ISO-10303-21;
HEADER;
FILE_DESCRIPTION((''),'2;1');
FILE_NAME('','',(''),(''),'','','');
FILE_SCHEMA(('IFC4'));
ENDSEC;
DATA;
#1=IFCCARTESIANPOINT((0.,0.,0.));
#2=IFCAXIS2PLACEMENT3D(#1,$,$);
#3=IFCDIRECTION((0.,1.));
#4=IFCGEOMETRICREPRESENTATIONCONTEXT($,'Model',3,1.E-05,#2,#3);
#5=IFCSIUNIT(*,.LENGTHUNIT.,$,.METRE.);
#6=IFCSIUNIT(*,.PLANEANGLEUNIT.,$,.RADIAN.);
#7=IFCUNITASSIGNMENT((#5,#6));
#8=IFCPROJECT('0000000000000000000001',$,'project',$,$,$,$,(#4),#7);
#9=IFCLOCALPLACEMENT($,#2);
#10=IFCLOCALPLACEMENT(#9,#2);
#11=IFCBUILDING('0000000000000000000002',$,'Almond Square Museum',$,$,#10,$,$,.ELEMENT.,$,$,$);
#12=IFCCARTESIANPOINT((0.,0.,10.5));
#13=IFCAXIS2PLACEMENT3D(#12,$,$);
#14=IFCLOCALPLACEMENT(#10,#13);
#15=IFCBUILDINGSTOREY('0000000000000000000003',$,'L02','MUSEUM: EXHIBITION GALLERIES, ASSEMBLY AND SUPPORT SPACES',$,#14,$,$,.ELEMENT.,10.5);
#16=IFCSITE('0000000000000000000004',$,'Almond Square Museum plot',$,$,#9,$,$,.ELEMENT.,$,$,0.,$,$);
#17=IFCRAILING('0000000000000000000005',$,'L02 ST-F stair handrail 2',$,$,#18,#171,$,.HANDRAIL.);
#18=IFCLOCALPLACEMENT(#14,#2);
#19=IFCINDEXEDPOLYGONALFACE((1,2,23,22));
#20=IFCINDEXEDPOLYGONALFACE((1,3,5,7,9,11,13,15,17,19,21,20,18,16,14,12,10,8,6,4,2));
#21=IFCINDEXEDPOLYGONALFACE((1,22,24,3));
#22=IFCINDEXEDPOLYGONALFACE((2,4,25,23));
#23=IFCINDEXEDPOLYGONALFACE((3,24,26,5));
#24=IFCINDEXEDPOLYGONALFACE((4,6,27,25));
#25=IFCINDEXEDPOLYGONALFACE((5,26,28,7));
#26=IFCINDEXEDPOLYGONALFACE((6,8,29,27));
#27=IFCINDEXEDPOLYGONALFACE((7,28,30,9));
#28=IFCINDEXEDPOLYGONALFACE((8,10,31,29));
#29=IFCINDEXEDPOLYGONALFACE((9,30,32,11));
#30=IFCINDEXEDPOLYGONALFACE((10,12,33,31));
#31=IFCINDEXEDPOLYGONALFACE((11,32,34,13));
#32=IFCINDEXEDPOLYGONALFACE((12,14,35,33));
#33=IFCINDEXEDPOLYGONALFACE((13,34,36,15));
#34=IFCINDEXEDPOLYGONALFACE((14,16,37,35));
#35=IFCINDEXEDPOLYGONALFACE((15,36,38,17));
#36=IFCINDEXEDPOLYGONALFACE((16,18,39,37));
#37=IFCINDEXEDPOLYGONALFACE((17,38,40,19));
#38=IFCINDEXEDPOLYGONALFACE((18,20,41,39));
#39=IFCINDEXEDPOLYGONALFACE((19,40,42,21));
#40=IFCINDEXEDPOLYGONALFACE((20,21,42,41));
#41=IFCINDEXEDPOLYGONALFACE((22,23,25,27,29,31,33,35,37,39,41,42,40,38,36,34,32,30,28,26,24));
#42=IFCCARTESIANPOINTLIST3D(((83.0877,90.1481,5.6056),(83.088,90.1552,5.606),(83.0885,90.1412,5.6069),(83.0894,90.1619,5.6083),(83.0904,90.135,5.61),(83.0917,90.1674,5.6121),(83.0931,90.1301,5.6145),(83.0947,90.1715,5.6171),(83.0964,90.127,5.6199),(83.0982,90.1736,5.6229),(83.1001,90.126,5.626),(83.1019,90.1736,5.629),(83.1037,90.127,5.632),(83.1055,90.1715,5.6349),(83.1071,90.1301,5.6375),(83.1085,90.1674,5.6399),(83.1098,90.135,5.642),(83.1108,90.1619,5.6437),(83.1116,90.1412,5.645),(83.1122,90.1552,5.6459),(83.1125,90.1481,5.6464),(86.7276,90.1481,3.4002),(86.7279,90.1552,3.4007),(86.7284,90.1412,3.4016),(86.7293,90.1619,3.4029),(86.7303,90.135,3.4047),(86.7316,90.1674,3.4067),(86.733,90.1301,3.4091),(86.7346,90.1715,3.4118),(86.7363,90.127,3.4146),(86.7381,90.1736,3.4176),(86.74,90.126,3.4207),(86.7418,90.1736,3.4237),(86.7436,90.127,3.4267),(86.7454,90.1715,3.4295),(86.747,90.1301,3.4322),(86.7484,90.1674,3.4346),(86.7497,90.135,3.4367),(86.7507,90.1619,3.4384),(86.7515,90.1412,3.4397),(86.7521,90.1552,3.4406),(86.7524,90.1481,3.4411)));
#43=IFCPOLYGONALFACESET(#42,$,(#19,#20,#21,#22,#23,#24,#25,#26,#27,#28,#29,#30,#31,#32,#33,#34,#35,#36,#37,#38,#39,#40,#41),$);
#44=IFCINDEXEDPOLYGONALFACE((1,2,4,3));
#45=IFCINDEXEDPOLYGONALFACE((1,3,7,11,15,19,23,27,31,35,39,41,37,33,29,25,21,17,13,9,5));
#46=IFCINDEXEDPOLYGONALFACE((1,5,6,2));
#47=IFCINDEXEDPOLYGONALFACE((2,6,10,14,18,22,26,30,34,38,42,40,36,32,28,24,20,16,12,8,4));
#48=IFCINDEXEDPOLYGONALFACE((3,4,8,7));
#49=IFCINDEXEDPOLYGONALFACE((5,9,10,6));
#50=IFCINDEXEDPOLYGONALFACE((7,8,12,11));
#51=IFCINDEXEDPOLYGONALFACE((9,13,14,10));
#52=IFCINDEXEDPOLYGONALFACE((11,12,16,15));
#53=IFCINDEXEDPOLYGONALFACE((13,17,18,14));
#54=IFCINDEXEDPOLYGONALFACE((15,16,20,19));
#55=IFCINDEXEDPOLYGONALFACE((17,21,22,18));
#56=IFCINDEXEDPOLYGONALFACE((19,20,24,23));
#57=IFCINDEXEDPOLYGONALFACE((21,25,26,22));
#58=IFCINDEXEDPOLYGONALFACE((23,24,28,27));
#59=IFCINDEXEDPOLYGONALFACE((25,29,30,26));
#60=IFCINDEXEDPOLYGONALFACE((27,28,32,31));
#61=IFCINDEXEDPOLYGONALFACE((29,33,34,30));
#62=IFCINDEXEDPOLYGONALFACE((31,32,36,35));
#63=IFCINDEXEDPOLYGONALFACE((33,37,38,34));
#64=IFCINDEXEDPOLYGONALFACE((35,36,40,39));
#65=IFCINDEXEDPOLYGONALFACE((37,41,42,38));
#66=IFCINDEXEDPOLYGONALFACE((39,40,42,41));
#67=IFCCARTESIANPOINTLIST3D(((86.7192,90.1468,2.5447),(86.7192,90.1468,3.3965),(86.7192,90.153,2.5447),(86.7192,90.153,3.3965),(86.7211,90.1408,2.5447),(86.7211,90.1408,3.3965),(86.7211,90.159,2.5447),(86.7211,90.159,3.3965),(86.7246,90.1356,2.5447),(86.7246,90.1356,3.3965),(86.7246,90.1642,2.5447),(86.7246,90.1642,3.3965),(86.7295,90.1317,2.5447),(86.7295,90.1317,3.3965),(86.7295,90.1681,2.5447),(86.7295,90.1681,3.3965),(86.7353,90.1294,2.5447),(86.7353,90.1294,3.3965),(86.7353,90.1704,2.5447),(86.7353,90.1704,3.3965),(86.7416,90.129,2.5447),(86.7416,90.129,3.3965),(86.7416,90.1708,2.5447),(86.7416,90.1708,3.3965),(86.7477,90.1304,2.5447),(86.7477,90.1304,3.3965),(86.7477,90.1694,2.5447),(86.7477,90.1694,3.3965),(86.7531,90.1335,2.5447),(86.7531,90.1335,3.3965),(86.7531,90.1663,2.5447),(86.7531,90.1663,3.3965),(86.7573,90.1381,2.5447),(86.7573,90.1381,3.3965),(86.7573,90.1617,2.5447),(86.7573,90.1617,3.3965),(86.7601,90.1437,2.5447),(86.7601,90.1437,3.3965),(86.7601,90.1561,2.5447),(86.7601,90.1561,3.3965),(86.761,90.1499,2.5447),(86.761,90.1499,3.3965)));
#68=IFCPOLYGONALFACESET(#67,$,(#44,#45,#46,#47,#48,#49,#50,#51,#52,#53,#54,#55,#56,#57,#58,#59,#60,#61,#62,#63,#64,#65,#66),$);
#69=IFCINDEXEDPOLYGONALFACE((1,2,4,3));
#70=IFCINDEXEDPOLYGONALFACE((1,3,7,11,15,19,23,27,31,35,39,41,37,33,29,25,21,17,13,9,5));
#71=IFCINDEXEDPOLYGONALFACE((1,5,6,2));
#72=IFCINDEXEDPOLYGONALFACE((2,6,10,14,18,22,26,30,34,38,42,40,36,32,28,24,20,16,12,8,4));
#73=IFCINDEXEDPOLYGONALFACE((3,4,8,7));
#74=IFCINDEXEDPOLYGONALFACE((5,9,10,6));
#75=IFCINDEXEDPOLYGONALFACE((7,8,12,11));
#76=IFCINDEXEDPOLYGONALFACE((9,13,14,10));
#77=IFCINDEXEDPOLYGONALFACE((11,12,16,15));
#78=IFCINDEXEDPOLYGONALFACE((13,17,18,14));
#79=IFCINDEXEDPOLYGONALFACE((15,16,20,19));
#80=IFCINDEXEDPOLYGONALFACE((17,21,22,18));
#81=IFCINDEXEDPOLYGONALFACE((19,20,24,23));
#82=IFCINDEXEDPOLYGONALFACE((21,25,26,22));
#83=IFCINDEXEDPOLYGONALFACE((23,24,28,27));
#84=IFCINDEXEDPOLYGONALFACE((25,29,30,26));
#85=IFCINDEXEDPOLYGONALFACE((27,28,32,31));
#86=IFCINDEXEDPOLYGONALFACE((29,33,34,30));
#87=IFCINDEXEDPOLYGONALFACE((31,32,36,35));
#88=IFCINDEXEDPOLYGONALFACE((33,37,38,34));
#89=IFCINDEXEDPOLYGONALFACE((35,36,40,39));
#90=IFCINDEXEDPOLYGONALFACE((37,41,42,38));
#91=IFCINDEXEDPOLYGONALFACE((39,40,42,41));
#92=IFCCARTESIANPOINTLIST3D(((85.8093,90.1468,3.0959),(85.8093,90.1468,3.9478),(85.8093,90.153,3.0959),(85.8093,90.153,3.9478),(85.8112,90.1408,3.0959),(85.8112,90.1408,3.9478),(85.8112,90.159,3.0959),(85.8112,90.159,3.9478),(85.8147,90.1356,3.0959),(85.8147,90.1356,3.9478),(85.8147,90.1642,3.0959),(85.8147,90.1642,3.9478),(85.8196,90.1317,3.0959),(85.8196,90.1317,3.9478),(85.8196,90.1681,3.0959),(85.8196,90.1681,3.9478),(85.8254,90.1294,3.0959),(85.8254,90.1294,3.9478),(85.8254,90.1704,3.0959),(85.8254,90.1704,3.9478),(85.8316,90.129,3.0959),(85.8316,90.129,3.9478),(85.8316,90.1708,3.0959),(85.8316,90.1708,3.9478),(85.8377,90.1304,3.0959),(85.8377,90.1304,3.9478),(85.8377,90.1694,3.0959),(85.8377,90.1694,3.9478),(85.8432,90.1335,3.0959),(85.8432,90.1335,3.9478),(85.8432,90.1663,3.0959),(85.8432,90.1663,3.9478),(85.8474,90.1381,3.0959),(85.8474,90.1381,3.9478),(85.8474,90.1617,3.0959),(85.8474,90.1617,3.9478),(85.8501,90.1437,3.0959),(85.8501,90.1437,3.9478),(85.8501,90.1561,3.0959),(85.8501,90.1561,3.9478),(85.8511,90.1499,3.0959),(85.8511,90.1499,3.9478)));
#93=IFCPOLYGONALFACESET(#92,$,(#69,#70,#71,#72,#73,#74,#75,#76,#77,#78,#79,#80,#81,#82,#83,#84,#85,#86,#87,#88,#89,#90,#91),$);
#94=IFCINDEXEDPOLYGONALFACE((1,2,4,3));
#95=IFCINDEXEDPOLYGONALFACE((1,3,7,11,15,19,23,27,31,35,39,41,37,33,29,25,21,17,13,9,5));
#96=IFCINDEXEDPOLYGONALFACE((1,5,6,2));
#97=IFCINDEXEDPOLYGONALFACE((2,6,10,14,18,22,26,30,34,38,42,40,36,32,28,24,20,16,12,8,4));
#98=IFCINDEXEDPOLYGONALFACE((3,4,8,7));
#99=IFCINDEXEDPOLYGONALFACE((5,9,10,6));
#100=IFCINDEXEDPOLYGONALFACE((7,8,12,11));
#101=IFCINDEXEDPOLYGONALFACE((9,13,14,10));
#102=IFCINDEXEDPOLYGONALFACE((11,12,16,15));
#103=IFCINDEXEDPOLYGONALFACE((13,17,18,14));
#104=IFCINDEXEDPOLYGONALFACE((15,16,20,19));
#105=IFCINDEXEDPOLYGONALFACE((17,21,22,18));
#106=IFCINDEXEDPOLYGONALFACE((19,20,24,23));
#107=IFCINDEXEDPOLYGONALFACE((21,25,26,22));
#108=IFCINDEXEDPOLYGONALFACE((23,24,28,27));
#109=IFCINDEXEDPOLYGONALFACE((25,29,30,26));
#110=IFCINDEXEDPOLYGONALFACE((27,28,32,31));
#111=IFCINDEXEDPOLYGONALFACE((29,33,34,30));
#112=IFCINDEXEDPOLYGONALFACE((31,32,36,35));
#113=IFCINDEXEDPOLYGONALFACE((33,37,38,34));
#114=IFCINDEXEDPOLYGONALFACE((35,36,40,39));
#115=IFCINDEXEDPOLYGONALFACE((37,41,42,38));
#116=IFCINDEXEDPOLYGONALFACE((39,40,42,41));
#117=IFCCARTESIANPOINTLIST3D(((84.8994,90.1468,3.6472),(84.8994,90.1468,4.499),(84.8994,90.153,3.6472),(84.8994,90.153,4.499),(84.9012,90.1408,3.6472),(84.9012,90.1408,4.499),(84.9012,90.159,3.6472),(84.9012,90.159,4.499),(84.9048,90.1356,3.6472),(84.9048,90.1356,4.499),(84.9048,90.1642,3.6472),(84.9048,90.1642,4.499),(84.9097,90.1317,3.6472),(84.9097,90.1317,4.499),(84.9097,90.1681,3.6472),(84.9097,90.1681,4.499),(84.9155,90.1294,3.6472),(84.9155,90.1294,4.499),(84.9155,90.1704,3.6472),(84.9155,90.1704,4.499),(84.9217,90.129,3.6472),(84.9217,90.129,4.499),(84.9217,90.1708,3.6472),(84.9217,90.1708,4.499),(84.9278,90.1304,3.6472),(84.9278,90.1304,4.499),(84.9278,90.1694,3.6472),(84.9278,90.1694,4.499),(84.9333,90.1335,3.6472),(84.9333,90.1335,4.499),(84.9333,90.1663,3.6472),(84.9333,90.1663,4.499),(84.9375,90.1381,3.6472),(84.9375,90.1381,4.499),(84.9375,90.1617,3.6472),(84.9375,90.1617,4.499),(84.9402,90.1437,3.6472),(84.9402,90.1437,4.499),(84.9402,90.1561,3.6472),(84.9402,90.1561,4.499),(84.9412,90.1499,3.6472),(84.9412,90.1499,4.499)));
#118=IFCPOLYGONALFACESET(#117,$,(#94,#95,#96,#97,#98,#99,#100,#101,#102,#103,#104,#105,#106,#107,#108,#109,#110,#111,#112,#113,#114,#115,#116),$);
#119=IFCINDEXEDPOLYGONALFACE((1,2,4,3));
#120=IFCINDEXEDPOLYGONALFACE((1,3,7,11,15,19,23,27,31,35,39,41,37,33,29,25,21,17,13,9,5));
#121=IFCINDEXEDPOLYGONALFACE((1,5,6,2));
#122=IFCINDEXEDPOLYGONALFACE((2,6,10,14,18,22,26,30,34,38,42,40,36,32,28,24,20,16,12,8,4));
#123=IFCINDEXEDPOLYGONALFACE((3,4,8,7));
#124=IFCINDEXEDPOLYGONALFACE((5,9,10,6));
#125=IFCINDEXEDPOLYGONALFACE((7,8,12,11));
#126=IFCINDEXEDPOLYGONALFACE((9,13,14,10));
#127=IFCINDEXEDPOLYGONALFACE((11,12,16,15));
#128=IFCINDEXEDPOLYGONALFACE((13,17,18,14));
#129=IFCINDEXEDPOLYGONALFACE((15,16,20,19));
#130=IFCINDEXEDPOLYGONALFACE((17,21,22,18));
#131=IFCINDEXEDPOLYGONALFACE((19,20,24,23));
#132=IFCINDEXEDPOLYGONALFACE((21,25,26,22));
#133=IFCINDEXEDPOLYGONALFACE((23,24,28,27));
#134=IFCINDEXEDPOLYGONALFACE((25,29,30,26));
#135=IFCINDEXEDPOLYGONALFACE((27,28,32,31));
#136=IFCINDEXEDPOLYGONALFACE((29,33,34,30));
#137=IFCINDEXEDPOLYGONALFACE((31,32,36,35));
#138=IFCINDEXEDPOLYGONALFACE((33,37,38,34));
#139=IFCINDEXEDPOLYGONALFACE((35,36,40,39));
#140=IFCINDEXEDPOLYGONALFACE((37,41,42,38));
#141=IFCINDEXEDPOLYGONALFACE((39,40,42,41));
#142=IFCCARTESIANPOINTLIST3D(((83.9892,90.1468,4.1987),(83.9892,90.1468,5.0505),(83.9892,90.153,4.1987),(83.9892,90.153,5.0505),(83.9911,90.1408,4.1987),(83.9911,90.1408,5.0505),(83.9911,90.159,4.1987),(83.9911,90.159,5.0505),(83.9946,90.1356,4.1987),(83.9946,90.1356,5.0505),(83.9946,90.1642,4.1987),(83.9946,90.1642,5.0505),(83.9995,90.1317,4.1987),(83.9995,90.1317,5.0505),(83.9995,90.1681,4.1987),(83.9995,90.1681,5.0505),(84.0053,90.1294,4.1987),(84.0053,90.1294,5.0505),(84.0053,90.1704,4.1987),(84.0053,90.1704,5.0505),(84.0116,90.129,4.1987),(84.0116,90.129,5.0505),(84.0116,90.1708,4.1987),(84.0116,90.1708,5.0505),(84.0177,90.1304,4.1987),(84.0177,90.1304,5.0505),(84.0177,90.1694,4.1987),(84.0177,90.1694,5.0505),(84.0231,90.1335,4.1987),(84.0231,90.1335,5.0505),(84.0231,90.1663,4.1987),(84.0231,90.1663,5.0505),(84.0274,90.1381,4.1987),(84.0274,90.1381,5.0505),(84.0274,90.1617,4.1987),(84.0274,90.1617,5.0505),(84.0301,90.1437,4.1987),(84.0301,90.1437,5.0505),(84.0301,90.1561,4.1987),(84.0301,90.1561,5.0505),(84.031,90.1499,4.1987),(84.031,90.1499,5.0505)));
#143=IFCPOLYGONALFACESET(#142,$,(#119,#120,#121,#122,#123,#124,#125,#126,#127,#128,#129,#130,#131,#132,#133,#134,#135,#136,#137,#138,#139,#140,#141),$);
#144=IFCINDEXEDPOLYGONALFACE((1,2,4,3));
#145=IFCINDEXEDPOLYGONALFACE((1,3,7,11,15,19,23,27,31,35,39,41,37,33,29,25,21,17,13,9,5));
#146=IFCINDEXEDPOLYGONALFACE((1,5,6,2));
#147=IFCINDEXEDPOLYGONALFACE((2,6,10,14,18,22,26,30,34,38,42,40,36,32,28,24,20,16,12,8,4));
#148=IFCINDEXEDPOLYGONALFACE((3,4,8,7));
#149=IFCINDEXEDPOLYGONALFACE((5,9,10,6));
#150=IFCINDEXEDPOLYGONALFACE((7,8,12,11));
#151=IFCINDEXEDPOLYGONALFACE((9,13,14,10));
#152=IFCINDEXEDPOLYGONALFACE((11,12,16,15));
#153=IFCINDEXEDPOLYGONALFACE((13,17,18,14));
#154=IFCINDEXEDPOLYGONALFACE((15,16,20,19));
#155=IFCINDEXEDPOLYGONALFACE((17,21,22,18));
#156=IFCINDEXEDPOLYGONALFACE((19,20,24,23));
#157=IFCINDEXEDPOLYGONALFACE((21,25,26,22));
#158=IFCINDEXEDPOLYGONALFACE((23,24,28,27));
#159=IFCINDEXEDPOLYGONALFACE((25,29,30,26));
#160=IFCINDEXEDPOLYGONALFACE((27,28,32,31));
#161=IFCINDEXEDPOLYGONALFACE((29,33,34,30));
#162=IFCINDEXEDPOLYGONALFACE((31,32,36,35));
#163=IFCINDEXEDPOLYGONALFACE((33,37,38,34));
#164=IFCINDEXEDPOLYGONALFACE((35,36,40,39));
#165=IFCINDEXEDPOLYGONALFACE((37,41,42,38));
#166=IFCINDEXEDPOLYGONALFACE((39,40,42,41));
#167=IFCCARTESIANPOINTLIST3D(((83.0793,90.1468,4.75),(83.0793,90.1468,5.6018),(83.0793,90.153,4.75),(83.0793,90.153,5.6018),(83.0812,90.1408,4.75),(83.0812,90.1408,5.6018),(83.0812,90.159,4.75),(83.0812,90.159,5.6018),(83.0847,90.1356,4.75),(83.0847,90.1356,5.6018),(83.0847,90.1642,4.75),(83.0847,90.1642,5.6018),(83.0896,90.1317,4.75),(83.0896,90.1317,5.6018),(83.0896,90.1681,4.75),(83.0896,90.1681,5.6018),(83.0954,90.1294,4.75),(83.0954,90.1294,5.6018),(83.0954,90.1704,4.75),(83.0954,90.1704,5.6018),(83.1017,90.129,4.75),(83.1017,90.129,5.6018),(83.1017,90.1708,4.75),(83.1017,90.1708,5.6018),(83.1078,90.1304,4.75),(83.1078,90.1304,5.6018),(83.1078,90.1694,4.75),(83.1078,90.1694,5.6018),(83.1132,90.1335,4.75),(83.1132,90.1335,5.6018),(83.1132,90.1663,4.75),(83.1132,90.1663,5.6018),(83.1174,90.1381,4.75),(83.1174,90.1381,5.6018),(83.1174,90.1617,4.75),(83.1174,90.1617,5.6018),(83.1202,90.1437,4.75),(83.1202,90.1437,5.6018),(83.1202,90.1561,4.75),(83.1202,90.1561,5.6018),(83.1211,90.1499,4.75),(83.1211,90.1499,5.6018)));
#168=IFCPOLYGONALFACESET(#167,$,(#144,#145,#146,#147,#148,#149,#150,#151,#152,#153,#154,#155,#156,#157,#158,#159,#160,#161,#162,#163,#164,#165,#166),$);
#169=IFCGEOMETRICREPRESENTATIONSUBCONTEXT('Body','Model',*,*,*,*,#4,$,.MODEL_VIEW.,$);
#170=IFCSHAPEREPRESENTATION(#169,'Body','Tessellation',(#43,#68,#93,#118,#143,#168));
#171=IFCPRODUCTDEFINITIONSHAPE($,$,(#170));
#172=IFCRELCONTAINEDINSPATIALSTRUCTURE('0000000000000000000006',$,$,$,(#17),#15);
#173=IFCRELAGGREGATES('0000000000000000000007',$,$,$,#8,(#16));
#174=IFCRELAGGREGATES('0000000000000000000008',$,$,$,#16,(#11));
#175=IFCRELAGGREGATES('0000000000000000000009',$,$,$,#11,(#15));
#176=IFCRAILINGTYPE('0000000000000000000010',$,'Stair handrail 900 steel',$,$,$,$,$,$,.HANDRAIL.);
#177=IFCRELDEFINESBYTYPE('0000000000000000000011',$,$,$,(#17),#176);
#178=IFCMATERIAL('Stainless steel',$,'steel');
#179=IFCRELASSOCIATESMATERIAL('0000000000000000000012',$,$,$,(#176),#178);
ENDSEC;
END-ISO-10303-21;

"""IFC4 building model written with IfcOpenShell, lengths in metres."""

from ifc_helpers import new_model, si_unit, direction, frame, origin, origin_2d, place, context, subcontext, project, spatial, circle, extrude, material, type_object, element, save


model = new_model("IFC4")

# Units and contexts
model_context = context("Model", 3, precision=1e-05, world=origin(), true_north=direction((0.0, 1.0)))
body_context = subcontext(model_context, "Body", "Model", "MODEL_VIEW")
ifc_project = project(units=[si_unit("LENGTHUNIT", "METRE"), si_unit("PLANEANGLEUNIT", "RADIAN")], contexts=[model_context])

# Site, building, storey
site_placement = place(None, origin())
site = spatial("IfcSite", under=ifc_project, at=site_placement, Name="Almond Square Museum plot", CompositionType="ELEMENT", RefElevation=0.0)
building_placement = place(site_placement, origin())
building = spatial("IfcBuilding", under=site, at=building_placement, Name="Almond Square Museum", CompositionType="ELEMENT")
storey_placement = place(building_placement, frame((0.0, 0.0, 10.5)))
storey = spatial("IfcBuildingStorey", under=building, at=storey_placement, Name="L02", Description="MUSEUM: EXHIBITION GALLERIES, ASSEMBLY AND SUPPORT SPACES", CompositionType="ELEMENT", Elevation=10.5)

# Railing
ifc_material_1 = material(Name="Stainless steel", Category="steel")
railing_type_1 = type_object("IfcRailingType", Name="Stair handrail 900 steel", PredefinedType="HANDRAIL", material=ifc_material_1)
for number, where, name in (
    (1, (86.74, 90.1499, 2.5447), "L02 ST-F stair handrail 2"),
):
    element("IfcRailing", number, at=place(storey_placement, frame(where)), inside=storey, type_object=railing_type_1, Name=name, PredefinedType="HANDRAIL", context=body_context, shape_type="SweptSolid", body=[
        extrude(circle(Radius=0.0239, at=origin_2d()), frame((0.0, 0.0, 0.876), z_axis=(-0.855268, 0.0, 0.518186), x_axis=(0.0, -1.0, 0.0)), (0.0, 0.0, 1.0), 4.2559),
        extrude(circle(Radius=0.021, at=origin_2d()), origin(), (0.0, 0.0, 1.0), 0.8518),
        extrude(circle(Radius=0.021, at=origin_2d()), frame((-0.9099, 0.0, 0.5513)), (0.0, 0.0, 1.0), 0.8518),
        extrude(circle(Radius=0.021, at=origin_2d()), frame((-1.8198, 0.0, 1.1025)), (0.0, 0.0, 1.0), 0.8518),
        extrude(circle(Radius=0.021, at=origin_2d()), frame((-2.73, 0.0, 1.6541)), (0.0, 0.0, 1.0), 0.8518),
        extrude(circle(Radius=0.021, at=origin_2d()), frame((-3.6399, 0.0, 2.2053)), (0.0, 0.0, 1.0), 0.8518),
    ])

save(model, "model.ifc")
